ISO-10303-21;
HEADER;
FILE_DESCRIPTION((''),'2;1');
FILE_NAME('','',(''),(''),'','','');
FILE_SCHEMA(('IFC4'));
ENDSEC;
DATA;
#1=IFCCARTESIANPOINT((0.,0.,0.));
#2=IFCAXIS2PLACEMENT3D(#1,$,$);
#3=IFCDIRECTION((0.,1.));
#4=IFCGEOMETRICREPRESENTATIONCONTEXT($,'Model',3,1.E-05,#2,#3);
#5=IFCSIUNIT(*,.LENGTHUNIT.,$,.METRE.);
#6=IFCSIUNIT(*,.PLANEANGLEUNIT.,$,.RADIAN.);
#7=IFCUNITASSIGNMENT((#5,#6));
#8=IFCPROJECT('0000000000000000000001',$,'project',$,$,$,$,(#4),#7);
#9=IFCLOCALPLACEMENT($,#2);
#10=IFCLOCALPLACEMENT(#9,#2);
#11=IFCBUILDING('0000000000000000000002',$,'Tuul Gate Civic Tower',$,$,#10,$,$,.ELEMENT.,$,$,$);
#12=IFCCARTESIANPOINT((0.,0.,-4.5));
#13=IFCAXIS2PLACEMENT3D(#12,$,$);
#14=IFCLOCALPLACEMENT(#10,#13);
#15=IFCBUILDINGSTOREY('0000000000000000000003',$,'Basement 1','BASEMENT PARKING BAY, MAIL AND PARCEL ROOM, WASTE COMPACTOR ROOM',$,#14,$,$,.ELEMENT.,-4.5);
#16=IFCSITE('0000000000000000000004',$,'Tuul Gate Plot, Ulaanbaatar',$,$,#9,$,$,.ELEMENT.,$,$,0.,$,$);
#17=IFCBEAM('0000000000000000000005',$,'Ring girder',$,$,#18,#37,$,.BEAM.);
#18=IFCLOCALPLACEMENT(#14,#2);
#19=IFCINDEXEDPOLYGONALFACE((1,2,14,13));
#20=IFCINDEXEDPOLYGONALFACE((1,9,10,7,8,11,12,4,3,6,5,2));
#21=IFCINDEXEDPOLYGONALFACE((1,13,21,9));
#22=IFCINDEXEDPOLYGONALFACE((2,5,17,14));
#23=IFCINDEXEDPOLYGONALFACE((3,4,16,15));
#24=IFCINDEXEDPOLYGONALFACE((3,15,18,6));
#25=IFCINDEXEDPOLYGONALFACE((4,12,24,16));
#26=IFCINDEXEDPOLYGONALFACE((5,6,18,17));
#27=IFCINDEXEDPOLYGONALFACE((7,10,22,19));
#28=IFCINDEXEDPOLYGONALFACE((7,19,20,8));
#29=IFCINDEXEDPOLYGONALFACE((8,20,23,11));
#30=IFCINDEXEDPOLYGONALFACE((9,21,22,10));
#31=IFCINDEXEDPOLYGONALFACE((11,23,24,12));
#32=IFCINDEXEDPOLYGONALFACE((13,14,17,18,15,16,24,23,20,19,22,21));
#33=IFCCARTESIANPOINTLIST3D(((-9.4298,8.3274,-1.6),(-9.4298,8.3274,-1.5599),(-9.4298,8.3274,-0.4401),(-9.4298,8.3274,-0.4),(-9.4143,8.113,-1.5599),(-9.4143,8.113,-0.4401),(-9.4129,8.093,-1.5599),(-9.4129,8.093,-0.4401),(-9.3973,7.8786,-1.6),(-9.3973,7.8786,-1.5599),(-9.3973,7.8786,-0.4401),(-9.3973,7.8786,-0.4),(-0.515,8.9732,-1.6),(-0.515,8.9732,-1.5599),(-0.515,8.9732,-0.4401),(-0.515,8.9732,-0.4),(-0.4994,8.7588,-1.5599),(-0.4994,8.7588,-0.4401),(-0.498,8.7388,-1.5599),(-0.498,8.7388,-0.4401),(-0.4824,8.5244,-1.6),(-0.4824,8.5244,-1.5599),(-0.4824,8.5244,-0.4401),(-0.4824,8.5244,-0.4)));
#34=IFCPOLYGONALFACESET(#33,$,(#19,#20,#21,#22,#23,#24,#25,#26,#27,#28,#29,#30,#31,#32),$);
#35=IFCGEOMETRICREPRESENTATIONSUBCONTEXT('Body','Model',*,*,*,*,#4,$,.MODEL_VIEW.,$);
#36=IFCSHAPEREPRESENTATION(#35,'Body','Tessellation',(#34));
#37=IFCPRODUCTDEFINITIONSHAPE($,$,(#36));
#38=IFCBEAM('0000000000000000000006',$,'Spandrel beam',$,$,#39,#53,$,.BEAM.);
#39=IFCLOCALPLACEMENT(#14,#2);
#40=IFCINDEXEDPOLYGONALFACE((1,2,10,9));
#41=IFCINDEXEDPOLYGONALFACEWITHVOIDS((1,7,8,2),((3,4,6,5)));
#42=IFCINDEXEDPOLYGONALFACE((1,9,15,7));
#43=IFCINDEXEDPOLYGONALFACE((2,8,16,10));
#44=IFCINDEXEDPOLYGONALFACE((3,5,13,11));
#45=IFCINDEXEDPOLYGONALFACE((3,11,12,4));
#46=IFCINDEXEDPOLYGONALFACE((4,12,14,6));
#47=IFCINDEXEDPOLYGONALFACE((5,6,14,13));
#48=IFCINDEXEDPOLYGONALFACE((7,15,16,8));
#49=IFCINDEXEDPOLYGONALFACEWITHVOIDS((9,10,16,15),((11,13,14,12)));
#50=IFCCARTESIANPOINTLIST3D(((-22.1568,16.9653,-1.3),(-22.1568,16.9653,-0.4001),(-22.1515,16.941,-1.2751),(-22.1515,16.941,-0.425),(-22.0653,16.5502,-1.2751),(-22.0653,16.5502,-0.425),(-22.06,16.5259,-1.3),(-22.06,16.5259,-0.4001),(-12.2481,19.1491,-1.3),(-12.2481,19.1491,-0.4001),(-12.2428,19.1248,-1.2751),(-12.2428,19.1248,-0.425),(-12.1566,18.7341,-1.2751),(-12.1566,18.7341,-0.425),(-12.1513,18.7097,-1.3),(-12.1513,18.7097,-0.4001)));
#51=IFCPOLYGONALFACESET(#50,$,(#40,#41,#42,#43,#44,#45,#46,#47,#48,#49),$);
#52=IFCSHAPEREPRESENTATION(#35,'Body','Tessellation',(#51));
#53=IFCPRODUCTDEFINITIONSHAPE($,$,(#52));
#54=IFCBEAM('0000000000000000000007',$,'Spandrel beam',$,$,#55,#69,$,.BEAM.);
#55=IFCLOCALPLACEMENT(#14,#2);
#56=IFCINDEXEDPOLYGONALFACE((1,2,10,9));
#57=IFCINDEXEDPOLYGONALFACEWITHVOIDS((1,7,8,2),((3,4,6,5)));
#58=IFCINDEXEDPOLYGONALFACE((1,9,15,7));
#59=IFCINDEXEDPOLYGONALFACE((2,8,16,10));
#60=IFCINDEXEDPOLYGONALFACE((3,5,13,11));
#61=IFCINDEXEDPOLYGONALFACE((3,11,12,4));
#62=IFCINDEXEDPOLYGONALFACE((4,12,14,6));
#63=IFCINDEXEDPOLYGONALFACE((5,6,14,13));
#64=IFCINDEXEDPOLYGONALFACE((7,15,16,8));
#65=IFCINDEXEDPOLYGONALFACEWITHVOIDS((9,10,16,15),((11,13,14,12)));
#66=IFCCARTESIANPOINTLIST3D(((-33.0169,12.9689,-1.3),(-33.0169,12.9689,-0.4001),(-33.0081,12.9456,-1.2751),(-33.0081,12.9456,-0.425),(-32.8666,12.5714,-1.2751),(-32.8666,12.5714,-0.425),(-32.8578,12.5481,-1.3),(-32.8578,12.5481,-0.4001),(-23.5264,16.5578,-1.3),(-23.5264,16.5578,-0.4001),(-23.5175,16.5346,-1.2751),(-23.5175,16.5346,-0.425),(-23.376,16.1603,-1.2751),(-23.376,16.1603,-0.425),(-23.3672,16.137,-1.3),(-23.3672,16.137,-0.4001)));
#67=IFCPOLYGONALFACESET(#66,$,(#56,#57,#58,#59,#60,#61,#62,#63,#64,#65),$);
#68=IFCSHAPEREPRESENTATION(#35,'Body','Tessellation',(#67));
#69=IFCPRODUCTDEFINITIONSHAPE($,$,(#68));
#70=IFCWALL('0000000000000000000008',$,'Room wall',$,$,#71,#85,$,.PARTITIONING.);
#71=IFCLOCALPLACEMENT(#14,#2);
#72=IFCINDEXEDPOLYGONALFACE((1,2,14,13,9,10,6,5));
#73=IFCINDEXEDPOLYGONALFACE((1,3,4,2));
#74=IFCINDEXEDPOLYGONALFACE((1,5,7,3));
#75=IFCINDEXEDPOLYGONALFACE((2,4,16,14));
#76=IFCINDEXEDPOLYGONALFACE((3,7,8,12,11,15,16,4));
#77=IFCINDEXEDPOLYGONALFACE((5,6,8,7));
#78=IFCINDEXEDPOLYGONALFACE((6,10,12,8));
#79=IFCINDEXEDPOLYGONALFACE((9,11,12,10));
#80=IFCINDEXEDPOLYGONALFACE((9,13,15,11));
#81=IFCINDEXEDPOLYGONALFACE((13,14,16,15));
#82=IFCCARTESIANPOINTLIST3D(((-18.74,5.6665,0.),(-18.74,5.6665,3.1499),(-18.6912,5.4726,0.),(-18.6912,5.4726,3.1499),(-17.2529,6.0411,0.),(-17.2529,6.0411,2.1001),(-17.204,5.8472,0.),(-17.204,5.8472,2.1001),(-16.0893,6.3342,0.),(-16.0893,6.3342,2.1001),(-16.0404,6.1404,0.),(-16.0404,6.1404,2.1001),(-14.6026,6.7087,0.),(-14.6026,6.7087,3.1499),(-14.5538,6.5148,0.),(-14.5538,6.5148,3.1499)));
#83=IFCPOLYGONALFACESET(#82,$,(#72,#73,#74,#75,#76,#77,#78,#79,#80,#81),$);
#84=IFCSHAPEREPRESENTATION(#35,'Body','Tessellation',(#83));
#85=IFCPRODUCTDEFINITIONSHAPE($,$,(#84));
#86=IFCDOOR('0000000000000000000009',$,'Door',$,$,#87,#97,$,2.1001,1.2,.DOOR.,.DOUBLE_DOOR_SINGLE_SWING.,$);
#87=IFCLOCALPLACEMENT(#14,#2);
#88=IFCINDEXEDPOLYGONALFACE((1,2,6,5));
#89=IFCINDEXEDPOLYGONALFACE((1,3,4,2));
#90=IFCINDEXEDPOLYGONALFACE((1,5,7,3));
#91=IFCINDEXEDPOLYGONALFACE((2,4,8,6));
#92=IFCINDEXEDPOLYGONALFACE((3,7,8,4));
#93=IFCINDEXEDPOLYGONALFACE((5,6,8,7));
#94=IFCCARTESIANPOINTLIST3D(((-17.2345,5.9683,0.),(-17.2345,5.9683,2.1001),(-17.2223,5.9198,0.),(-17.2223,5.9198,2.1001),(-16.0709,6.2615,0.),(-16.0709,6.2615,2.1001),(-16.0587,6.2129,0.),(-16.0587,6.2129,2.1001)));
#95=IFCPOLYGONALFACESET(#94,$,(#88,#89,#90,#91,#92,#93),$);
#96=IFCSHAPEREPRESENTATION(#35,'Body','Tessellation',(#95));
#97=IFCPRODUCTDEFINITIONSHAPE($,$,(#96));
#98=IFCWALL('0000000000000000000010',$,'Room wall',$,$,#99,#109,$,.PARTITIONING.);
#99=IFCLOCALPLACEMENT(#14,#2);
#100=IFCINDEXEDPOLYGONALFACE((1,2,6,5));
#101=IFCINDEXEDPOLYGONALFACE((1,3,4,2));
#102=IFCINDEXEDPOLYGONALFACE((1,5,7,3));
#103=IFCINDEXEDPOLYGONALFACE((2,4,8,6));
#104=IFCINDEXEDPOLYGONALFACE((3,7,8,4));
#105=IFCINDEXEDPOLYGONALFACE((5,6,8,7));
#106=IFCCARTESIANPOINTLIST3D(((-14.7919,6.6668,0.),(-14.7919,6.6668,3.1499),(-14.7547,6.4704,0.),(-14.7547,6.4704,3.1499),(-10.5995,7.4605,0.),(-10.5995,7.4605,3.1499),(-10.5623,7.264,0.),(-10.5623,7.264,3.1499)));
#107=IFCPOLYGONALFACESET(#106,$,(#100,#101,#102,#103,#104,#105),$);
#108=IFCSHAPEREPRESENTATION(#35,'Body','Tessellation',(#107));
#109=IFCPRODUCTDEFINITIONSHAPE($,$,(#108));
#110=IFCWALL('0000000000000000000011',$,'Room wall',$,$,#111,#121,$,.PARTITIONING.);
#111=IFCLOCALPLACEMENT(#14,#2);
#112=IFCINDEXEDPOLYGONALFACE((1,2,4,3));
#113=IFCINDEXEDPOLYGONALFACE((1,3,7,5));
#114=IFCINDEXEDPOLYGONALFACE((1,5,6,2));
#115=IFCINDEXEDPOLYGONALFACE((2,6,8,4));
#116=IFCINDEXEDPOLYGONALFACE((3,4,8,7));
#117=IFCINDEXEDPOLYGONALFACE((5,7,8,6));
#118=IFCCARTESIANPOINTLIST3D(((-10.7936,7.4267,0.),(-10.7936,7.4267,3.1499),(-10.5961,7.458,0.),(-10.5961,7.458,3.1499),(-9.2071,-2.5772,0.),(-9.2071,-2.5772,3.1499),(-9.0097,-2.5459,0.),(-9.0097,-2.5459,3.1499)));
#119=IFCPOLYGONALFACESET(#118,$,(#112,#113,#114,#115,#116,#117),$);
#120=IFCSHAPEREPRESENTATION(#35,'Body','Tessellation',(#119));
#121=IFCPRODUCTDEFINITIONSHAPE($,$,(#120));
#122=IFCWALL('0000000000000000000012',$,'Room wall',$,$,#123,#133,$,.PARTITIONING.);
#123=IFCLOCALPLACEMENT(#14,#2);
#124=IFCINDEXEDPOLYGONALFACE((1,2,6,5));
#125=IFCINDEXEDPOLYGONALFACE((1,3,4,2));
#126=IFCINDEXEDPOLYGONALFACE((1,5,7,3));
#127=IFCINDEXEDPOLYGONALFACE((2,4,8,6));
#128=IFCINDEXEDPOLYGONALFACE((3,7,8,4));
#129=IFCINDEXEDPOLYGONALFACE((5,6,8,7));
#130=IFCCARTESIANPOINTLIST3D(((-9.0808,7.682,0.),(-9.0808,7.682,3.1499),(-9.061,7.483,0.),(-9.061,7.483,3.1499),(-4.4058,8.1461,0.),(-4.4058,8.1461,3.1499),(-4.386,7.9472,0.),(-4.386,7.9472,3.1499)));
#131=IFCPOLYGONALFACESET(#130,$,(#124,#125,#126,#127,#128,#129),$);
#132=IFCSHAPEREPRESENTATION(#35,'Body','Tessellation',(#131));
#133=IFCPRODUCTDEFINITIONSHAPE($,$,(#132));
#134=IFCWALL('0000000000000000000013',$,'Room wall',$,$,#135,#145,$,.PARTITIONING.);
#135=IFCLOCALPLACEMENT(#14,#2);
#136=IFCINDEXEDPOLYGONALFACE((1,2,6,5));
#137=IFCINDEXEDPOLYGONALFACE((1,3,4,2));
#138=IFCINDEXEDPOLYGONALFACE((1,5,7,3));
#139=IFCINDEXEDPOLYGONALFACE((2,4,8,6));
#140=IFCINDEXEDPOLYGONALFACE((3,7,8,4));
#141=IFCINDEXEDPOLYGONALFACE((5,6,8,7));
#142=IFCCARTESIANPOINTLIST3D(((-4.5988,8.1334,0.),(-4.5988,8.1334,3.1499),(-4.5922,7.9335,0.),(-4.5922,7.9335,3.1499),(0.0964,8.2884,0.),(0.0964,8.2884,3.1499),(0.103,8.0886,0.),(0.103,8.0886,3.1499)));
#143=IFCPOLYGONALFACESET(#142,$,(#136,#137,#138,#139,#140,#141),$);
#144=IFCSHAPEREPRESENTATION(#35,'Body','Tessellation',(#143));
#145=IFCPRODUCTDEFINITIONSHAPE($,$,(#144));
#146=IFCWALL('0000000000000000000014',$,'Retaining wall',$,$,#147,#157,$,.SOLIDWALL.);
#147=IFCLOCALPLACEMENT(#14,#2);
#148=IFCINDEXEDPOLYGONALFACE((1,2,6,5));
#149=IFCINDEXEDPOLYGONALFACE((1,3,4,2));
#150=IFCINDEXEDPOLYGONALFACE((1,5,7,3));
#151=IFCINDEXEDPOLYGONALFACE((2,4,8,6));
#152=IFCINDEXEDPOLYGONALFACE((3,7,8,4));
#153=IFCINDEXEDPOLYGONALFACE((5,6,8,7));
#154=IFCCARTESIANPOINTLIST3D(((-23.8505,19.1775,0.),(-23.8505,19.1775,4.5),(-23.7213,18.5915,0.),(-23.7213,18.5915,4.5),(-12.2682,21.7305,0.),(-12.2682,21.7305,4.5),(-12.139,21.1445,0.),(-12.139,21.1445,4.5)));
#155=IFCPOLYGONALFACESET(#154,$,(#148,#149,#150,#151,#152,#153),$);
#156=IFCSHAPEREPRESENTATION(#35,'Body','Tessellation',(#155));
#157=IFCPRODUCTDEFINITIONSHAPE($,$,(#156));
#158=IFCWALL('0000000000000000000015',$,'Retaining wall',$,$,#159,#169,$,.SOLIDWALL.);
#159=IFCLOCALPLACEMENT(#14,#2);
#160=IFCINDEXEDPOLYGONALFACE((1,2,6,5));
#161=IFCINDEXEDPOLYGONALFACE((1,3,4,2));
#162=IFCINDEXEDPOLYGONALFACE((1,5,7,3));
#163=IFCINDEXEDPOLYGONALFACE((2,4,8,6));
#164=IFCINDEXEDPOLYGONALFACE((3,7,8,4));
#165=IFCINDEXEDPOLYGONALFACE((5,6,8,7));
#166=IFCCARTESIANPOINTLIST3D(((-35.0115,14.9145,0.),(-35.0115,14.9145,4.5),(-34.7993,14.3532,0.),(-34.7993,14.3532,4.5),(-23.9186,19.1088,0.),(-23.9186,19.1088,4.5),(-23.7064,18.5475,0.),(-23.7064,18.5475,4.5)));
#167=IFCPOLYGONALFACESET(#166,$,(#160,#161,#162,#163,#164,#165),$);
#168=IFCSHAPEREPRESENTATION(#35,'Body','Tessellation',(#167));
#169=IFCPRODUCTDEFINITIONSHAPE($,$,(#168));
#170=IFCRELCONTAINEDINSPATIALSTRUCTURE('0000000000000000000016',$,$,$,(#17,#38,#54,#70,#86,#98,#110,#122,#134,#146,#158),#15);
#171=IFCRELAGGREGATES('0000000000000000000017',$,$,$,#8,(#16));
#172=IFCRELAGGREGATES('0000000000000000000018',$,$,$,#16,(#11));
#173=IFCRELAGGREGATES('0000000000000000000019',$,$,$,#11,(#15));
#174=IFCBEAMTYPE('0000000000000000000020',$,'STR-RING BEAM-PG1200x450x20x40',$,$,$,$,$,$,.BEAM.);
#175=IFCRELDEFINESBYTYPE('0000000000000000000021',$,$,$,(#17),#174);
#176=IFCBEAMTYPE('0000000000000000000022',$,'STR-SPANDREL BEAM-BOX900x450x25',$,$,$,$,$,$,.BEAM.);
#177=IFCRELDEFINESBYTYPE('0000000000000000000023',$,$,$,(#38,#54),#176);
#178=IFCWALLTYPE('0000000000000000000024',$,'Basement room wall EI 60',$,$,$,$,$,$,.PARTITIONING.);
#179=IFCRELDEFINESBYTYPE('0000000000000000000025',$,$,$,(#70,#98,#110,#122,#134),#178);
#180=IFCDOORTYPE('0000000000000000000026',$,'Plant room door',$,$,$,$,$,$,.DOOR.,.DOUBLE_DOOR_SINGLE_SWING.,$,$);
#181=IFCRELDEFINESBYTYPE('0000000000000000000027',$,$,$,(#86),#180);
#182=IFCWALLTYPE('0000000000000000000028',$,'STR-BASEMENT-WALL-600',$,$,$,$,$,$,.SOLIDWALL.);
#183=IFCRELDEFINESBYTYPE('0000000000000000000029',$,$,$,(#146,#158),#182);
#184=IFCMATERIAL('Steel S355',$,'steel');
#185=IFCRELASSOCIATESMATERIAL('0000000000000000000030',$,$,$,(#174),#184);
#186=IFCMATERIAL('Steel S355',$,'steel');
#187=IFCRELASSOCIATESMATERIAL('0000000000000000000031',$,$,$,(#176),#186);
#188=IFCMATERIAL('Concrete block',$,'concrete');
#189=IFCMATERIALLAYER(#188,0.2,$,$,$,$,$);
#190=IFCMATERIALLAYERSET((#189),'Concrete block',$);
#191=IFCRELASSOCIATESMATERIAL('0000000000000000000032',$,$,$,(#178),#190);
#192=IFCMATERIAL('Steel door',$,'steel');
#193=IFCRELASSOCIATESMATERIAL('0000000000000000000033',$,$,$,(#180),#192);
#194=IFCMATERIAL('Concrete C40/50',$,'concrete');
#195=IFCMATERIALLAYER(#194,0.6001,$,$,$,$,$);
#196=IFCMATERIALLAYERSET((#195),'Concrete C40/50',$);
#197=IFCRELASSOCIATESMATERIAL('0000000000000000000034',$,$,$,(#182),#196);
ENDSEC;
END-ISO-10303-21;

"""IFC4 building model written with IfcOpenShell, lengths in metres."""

from ifc_helpers import new_model, si_unit, direction, frame, frame_2d, origin, origin_2d, place, context, subcontext, project, spatial, rectangle, hollow_rectangle, i_section, extrude, material, layer, layer_set, material_profile, profile_set, type_object, element, fill, save


model = new_model("IFC4")

# Units and contexts
model_context = context("Model", 3, precision=1e-05, world=origin(), true_north=direction((0.0, 1.0)))
body_context = subcontext(model_context, "Body", "Model", "MODEL_VIEW")
ifc_project = project(units=[si_unit("LENGTHUNIT", "METRE"), si_unit("PLANEANGLEUNIT", "RADIAN")], contexts=[model_context])

# Site, building, storey
site_placement = place(None, origin())
site = spatial("IfcSite", under=ifc_project, at=site_placement, Name="Tuul Gate Plot, Ulaanbaatar", CompositionType="ELEMENT", RefElevation=0.0)
building_placement = place(site_placement, origin())
building = spatial("IfcBuilding", under=site, at=building_placement, Name="Tuul Gate Civic Tower", CompositionType="ELEMENT")
storey_placement = place(building_placement, frame((0.0, 0.0, -4.5)))
storey = spatial("IfcBuildingStorey", under=building, at=storey_placement, Name="Basement 1", Description="BASEMENT PARKING BAY, MAIL AND PARCEL ROOM, WASTE COMPACTOR ROOM", CompositionType="ELEMENT", Elevation=-4.5)

# Beams
ifc_material_1 = material(Name="Steel S355", Category="steel")
ifc_material_profile_1 = material_profile(ifc_material_1, i_section(OverallWidth=0.45, OverallDepth=1.2, WebThickness=0.02, FlangeThickness=0.04, at=origin_2d()), Name="PG1200x450x20x40")
ifc_profile_set_1 = profile_set([ifc_material_profile_1], Name="Steel S355")
beam_type_1 = type_object("IfcBeamType", Name="STR-RING BEAM-PG1200x450x20x40", PredefinedType="BEAM", material=ifc_profile_set_1)
beam_1_placement = place(storey_placement, frame((-9.4136, 8.103, -1.0), z_axis=(0.997387, 0.072247, 0.0), x_axis=(-0.072247, 0.997387, 0.0)))
element("IfcBeam", 1, at=beam_1_placement, inside=storey, type_object=beam_type_1, Name="Ring girder", PredefinedType="BEAM", context=body_context, shape_type="SweptSolid", body=[
    extrude(i_section(OverallWidth=0.45, OverallDepth=1.2, WebThickness=0.02, FlangeThickness=0.04, at=origin_2d()), origin(), (0.0, 0.0, 1.0), 8.9382),
])
ifc_material_2 = material(Name="Steel S355", Category="steel")
ifc_material_profile_2 = material_profile(ifc_material_2, hollow_rectangle(XDim=0.45, YDim=0.8999, WallThickness=0.0249, at=origin_2d()), Name="BOX900x450x25")
ifc_profile_set_2 = profile_set([ifc_material_profile_2], Name="Steel S355")
beam_type_2 = type_object("IfcBeamType", Name="STR-SPANDREL BEAM-BOX900x450x25", PredefinedType="BEAM", material=ifc_profile_set_2)
for number, where, z_axis, x_axis, name in (
    (2, (-12.1997, 18.9294, -0.8501), (-0.976563, -0.215231, 0.0), (0.215231, -0.976563, 0.0), "Spandrel beam"),
    (3, (-23.4468, 16.3474, -0.8501), (-0.935356, -0.353709, 0.0), (0.353709, -0.935356, 0.0), "Spandrel beam"),
):
    element("IfcBeam", number, at=place(storey_placement, frame(where, z_axis=z_axis, x_axis=x_axis)), inside=storey, type_object=beam_type_2, Name=name, PredefinedType="BEAM", context=body_context, shape_type="SweptSolid", body=[
        extrude(hollow_rectangle(XDim=0.45, YDim=0.8999, WallThickness=0.0249, at=origin_2d()), origin(), (0.0, 0.0, 1.0), 10.1465),
    ])

# Wall, opening, door
ifc_material_3 = material(Name="Concrete block", Category="concrete")
ifc_layer_1 = layer(ifc_material_3, 0.2)
ifc_layer_set_1 = layer_set([ifc_layer_1], Name="Concrete block")
wall_type_1 = type_object("IfcWallType", Name="Basement room wall EI 60", PredefinedType="PARTITIONING", material=ifc_layer_set_1)
wall_1_placement = place(storey_placement, frame((-18.7156, 5.5696, 0.0), z_axis=(0.0, 0.0, 1.0), x_axis=(0.969707, 0.244272, 0.0)))
wall_1 = element("IfcWall", 4, at=wall_1_placement, inside=storey, type_object=wall_type_1, Name="Room wall", PredefinedType="PARTITIONING", context=body_context, shape_type="SweptSolid", body=[
    extrude(rectangle(XDim=4.2666, YDim=0.2, at=frame_2d((2.1333, 0.0))), origin(), (0.0, 0.0, 1.0), 3.1499),
])
opening_placement = place(wall_1_placement, frame((1.5334, 0.0, 0.0)))
opening = element("IfcOpeningElement", 5, at=opening_placement, cuts=wall_1, PredefinedType="OPENING", context=body_context, shape_type="SweptSolid", body=[
    extrude(rectangle(XDim=1.2, YDim=2.1001, at=frame_2d((0.6001, 1.05))), frame((0.0, 0.1099, 0.0), z_axis=(0.0, -1.0, 0.0), x_axis=(1.0, 0.0, 0.0)), (0.0, 0.0, 1.0), 0.22),
])
ifc_material_4 = material(Name="Steel door", Category="steel")
door_type = type_object("IfcDoorType", Name="Plant room door", OperationType="DOUBLE_DOOR_SINGLE_SWING", PredefinedType="DOOR", material=ifc_material_4)
door_placement = place(opening_placement, origin())
door = element("IfcDoor", 6, at=door_placement, inside=storey, type_object=door_type, Name="Door", OperationType="DOUBLE_DOOR_SINGLE_SWING", OverallHeight=2.1001, OverallWidth=1.2, PredefinedType="DOOR", context=body_context, shape_type="SweptSolid", body=[
    extrude(rectangle(XDim=1.2, YDim=2.1001, at=frame_2d((0.6001, 1.05))), frame((0.0, 0.0249, 0.0), z_axis=(0.0, -1.0, 0.0), x_axis=(1.0, 0.0, 0.0)), (0.0, 0.0, 1.0), 0.05),
])
fill(opening, door)

# Walls
wall_2_placement = place(storey_placement, frame((-14.7732, 6.5686, 0.0), z_axis=(0.0, 0.0, 1.0), x_axis=(0.982547, 0.186016, 0.0)))
element("IfcWall", 7, at=wall_2_placement, inside=storey, type_object=wall_type_1, Name="Room wall", PredefinedType="PARTITIONING", context=body_context, shape_type="SweptSolid", body=[
    extrude(rectangle(XDim=4.2668, YDim=0.2, at=frame_2d((2.1333, 0.0))), origin(), (0.0, 0.0, 1.0), 3.1499),
])
wall_3_placement = place(storey_placement, frame((-10.6948, 7.4424, 0.0), z_axis=(0.0, 0.0, 1.0), x_axis=(0.156623, -0.987658, 0.0)))
element("IfcWall", 8, at=wall_3_placement, inside=storey, type_object=wall_type_1, Name="Room wall", PredefinedType="PARTITIONING", context=body_context, shape_type="SweptSolid", body=[
    extrude(rectangle(XDim=10.1289, YDim=0.2, at=frame_2d((5.0645, 0.0))), origin(), (0.0, 0.0, 1.0), 3.1499),
])
wall_4_placement = place(storey_placement, frame((-9.071, 7.5825, 0.0), z_axis=(0.0, 0.0, 1.0), x_axis=(0.995108, 0.098789, 0.0)))
element("IfcWall", 9, at=wall_4_placement, inside=storey, type_object=wall_type_1, Name="Room wall", PredefinedType="PARTITIONING", context=body_context, shape_type="SweptSolid", body=[
    extrude(rectangle(XDim=4.698, YDim=0.2, at=frame_2d((2.3491, 0.0))), origin(), (0.0, 0.0, 1.0), 3.1499),
])
wall_5_placement = place(storey_placement, frame((-4.5955, 8.0334, 0.0), z_axis=(0.0, 0.0, 1.0), x_axis=(0.999455, 0.033, 0.0)))
element("IfcWall", 10, at=wall_5_placement, inside=storey, type_object=wall_type_1, Name="Room wall", PredefinedType="PARTITIONING", context=body_context, shape_type="SweptSolid", body=[
    extrude(rectangle(XDim=4.6978, YDim=0.2, at=frame_2d((2.3489, 0.0))), origin(), (0.0, 0.0, 1.0), 3.1499),
])
ifc_material_5 = material(Name="Concrete C40/50", Category="concrete")
ifc_layer_2 = layer(ifc_material_5, 0.6001)
ifc_layer_set_2 = layer_set([ifc_layer_2], Name="Concrete C40/50")
wall_type_2 = type_object("IfcWallType", Name="STR-BASEMENT-WALL-600", PredefinedType="SOLIDWALL", material=ifc_layer_set_2)
wall_6_placement = place(storey_placement, frame((-12.2036, 21.4375, 0.0), z_axis=(0.0, 0.0, 1.0), x_axis=(-0.976558, -0.215254, 0.0)))
element("IfcWall", 11, at=wall_6_placement, inside=storey, type_object=wall_type_2, Name="Retaining wall", PredefinedType="SOLIDWALL", context=body_context, shape_type="SweptSolid", body=[
    extrude(rectangle(XDim=11.8604, YDim=0.6001, at=frame_2d((5.9302, 0.0))), origin(), (0.0, 0.0, 1.0), 4.5),
])
wall_7_placement = place(storey_placement, frame((-23.8125, 18.8281, 0.0), z_axis=(0.0, 0.0, 1.0), x_axis=(-0.935371, -0.353669, 0.0)))
element("IfcWall", 12, at=wall_7_placement, inside=storey, type_object=wall_type_2, Name="Retaining wall", PredefinedType="SOLIDWALL", context=body_context, shape_type="SweptSolid", body=[
    extrude(rectangle(XDim=11.8594, YDim=0.6001, at=frame_2d((5.9297, 0.0))), origin(), (0.0, 0.0, 1.0), 4.5),
])

save(model, "model.ifc")
